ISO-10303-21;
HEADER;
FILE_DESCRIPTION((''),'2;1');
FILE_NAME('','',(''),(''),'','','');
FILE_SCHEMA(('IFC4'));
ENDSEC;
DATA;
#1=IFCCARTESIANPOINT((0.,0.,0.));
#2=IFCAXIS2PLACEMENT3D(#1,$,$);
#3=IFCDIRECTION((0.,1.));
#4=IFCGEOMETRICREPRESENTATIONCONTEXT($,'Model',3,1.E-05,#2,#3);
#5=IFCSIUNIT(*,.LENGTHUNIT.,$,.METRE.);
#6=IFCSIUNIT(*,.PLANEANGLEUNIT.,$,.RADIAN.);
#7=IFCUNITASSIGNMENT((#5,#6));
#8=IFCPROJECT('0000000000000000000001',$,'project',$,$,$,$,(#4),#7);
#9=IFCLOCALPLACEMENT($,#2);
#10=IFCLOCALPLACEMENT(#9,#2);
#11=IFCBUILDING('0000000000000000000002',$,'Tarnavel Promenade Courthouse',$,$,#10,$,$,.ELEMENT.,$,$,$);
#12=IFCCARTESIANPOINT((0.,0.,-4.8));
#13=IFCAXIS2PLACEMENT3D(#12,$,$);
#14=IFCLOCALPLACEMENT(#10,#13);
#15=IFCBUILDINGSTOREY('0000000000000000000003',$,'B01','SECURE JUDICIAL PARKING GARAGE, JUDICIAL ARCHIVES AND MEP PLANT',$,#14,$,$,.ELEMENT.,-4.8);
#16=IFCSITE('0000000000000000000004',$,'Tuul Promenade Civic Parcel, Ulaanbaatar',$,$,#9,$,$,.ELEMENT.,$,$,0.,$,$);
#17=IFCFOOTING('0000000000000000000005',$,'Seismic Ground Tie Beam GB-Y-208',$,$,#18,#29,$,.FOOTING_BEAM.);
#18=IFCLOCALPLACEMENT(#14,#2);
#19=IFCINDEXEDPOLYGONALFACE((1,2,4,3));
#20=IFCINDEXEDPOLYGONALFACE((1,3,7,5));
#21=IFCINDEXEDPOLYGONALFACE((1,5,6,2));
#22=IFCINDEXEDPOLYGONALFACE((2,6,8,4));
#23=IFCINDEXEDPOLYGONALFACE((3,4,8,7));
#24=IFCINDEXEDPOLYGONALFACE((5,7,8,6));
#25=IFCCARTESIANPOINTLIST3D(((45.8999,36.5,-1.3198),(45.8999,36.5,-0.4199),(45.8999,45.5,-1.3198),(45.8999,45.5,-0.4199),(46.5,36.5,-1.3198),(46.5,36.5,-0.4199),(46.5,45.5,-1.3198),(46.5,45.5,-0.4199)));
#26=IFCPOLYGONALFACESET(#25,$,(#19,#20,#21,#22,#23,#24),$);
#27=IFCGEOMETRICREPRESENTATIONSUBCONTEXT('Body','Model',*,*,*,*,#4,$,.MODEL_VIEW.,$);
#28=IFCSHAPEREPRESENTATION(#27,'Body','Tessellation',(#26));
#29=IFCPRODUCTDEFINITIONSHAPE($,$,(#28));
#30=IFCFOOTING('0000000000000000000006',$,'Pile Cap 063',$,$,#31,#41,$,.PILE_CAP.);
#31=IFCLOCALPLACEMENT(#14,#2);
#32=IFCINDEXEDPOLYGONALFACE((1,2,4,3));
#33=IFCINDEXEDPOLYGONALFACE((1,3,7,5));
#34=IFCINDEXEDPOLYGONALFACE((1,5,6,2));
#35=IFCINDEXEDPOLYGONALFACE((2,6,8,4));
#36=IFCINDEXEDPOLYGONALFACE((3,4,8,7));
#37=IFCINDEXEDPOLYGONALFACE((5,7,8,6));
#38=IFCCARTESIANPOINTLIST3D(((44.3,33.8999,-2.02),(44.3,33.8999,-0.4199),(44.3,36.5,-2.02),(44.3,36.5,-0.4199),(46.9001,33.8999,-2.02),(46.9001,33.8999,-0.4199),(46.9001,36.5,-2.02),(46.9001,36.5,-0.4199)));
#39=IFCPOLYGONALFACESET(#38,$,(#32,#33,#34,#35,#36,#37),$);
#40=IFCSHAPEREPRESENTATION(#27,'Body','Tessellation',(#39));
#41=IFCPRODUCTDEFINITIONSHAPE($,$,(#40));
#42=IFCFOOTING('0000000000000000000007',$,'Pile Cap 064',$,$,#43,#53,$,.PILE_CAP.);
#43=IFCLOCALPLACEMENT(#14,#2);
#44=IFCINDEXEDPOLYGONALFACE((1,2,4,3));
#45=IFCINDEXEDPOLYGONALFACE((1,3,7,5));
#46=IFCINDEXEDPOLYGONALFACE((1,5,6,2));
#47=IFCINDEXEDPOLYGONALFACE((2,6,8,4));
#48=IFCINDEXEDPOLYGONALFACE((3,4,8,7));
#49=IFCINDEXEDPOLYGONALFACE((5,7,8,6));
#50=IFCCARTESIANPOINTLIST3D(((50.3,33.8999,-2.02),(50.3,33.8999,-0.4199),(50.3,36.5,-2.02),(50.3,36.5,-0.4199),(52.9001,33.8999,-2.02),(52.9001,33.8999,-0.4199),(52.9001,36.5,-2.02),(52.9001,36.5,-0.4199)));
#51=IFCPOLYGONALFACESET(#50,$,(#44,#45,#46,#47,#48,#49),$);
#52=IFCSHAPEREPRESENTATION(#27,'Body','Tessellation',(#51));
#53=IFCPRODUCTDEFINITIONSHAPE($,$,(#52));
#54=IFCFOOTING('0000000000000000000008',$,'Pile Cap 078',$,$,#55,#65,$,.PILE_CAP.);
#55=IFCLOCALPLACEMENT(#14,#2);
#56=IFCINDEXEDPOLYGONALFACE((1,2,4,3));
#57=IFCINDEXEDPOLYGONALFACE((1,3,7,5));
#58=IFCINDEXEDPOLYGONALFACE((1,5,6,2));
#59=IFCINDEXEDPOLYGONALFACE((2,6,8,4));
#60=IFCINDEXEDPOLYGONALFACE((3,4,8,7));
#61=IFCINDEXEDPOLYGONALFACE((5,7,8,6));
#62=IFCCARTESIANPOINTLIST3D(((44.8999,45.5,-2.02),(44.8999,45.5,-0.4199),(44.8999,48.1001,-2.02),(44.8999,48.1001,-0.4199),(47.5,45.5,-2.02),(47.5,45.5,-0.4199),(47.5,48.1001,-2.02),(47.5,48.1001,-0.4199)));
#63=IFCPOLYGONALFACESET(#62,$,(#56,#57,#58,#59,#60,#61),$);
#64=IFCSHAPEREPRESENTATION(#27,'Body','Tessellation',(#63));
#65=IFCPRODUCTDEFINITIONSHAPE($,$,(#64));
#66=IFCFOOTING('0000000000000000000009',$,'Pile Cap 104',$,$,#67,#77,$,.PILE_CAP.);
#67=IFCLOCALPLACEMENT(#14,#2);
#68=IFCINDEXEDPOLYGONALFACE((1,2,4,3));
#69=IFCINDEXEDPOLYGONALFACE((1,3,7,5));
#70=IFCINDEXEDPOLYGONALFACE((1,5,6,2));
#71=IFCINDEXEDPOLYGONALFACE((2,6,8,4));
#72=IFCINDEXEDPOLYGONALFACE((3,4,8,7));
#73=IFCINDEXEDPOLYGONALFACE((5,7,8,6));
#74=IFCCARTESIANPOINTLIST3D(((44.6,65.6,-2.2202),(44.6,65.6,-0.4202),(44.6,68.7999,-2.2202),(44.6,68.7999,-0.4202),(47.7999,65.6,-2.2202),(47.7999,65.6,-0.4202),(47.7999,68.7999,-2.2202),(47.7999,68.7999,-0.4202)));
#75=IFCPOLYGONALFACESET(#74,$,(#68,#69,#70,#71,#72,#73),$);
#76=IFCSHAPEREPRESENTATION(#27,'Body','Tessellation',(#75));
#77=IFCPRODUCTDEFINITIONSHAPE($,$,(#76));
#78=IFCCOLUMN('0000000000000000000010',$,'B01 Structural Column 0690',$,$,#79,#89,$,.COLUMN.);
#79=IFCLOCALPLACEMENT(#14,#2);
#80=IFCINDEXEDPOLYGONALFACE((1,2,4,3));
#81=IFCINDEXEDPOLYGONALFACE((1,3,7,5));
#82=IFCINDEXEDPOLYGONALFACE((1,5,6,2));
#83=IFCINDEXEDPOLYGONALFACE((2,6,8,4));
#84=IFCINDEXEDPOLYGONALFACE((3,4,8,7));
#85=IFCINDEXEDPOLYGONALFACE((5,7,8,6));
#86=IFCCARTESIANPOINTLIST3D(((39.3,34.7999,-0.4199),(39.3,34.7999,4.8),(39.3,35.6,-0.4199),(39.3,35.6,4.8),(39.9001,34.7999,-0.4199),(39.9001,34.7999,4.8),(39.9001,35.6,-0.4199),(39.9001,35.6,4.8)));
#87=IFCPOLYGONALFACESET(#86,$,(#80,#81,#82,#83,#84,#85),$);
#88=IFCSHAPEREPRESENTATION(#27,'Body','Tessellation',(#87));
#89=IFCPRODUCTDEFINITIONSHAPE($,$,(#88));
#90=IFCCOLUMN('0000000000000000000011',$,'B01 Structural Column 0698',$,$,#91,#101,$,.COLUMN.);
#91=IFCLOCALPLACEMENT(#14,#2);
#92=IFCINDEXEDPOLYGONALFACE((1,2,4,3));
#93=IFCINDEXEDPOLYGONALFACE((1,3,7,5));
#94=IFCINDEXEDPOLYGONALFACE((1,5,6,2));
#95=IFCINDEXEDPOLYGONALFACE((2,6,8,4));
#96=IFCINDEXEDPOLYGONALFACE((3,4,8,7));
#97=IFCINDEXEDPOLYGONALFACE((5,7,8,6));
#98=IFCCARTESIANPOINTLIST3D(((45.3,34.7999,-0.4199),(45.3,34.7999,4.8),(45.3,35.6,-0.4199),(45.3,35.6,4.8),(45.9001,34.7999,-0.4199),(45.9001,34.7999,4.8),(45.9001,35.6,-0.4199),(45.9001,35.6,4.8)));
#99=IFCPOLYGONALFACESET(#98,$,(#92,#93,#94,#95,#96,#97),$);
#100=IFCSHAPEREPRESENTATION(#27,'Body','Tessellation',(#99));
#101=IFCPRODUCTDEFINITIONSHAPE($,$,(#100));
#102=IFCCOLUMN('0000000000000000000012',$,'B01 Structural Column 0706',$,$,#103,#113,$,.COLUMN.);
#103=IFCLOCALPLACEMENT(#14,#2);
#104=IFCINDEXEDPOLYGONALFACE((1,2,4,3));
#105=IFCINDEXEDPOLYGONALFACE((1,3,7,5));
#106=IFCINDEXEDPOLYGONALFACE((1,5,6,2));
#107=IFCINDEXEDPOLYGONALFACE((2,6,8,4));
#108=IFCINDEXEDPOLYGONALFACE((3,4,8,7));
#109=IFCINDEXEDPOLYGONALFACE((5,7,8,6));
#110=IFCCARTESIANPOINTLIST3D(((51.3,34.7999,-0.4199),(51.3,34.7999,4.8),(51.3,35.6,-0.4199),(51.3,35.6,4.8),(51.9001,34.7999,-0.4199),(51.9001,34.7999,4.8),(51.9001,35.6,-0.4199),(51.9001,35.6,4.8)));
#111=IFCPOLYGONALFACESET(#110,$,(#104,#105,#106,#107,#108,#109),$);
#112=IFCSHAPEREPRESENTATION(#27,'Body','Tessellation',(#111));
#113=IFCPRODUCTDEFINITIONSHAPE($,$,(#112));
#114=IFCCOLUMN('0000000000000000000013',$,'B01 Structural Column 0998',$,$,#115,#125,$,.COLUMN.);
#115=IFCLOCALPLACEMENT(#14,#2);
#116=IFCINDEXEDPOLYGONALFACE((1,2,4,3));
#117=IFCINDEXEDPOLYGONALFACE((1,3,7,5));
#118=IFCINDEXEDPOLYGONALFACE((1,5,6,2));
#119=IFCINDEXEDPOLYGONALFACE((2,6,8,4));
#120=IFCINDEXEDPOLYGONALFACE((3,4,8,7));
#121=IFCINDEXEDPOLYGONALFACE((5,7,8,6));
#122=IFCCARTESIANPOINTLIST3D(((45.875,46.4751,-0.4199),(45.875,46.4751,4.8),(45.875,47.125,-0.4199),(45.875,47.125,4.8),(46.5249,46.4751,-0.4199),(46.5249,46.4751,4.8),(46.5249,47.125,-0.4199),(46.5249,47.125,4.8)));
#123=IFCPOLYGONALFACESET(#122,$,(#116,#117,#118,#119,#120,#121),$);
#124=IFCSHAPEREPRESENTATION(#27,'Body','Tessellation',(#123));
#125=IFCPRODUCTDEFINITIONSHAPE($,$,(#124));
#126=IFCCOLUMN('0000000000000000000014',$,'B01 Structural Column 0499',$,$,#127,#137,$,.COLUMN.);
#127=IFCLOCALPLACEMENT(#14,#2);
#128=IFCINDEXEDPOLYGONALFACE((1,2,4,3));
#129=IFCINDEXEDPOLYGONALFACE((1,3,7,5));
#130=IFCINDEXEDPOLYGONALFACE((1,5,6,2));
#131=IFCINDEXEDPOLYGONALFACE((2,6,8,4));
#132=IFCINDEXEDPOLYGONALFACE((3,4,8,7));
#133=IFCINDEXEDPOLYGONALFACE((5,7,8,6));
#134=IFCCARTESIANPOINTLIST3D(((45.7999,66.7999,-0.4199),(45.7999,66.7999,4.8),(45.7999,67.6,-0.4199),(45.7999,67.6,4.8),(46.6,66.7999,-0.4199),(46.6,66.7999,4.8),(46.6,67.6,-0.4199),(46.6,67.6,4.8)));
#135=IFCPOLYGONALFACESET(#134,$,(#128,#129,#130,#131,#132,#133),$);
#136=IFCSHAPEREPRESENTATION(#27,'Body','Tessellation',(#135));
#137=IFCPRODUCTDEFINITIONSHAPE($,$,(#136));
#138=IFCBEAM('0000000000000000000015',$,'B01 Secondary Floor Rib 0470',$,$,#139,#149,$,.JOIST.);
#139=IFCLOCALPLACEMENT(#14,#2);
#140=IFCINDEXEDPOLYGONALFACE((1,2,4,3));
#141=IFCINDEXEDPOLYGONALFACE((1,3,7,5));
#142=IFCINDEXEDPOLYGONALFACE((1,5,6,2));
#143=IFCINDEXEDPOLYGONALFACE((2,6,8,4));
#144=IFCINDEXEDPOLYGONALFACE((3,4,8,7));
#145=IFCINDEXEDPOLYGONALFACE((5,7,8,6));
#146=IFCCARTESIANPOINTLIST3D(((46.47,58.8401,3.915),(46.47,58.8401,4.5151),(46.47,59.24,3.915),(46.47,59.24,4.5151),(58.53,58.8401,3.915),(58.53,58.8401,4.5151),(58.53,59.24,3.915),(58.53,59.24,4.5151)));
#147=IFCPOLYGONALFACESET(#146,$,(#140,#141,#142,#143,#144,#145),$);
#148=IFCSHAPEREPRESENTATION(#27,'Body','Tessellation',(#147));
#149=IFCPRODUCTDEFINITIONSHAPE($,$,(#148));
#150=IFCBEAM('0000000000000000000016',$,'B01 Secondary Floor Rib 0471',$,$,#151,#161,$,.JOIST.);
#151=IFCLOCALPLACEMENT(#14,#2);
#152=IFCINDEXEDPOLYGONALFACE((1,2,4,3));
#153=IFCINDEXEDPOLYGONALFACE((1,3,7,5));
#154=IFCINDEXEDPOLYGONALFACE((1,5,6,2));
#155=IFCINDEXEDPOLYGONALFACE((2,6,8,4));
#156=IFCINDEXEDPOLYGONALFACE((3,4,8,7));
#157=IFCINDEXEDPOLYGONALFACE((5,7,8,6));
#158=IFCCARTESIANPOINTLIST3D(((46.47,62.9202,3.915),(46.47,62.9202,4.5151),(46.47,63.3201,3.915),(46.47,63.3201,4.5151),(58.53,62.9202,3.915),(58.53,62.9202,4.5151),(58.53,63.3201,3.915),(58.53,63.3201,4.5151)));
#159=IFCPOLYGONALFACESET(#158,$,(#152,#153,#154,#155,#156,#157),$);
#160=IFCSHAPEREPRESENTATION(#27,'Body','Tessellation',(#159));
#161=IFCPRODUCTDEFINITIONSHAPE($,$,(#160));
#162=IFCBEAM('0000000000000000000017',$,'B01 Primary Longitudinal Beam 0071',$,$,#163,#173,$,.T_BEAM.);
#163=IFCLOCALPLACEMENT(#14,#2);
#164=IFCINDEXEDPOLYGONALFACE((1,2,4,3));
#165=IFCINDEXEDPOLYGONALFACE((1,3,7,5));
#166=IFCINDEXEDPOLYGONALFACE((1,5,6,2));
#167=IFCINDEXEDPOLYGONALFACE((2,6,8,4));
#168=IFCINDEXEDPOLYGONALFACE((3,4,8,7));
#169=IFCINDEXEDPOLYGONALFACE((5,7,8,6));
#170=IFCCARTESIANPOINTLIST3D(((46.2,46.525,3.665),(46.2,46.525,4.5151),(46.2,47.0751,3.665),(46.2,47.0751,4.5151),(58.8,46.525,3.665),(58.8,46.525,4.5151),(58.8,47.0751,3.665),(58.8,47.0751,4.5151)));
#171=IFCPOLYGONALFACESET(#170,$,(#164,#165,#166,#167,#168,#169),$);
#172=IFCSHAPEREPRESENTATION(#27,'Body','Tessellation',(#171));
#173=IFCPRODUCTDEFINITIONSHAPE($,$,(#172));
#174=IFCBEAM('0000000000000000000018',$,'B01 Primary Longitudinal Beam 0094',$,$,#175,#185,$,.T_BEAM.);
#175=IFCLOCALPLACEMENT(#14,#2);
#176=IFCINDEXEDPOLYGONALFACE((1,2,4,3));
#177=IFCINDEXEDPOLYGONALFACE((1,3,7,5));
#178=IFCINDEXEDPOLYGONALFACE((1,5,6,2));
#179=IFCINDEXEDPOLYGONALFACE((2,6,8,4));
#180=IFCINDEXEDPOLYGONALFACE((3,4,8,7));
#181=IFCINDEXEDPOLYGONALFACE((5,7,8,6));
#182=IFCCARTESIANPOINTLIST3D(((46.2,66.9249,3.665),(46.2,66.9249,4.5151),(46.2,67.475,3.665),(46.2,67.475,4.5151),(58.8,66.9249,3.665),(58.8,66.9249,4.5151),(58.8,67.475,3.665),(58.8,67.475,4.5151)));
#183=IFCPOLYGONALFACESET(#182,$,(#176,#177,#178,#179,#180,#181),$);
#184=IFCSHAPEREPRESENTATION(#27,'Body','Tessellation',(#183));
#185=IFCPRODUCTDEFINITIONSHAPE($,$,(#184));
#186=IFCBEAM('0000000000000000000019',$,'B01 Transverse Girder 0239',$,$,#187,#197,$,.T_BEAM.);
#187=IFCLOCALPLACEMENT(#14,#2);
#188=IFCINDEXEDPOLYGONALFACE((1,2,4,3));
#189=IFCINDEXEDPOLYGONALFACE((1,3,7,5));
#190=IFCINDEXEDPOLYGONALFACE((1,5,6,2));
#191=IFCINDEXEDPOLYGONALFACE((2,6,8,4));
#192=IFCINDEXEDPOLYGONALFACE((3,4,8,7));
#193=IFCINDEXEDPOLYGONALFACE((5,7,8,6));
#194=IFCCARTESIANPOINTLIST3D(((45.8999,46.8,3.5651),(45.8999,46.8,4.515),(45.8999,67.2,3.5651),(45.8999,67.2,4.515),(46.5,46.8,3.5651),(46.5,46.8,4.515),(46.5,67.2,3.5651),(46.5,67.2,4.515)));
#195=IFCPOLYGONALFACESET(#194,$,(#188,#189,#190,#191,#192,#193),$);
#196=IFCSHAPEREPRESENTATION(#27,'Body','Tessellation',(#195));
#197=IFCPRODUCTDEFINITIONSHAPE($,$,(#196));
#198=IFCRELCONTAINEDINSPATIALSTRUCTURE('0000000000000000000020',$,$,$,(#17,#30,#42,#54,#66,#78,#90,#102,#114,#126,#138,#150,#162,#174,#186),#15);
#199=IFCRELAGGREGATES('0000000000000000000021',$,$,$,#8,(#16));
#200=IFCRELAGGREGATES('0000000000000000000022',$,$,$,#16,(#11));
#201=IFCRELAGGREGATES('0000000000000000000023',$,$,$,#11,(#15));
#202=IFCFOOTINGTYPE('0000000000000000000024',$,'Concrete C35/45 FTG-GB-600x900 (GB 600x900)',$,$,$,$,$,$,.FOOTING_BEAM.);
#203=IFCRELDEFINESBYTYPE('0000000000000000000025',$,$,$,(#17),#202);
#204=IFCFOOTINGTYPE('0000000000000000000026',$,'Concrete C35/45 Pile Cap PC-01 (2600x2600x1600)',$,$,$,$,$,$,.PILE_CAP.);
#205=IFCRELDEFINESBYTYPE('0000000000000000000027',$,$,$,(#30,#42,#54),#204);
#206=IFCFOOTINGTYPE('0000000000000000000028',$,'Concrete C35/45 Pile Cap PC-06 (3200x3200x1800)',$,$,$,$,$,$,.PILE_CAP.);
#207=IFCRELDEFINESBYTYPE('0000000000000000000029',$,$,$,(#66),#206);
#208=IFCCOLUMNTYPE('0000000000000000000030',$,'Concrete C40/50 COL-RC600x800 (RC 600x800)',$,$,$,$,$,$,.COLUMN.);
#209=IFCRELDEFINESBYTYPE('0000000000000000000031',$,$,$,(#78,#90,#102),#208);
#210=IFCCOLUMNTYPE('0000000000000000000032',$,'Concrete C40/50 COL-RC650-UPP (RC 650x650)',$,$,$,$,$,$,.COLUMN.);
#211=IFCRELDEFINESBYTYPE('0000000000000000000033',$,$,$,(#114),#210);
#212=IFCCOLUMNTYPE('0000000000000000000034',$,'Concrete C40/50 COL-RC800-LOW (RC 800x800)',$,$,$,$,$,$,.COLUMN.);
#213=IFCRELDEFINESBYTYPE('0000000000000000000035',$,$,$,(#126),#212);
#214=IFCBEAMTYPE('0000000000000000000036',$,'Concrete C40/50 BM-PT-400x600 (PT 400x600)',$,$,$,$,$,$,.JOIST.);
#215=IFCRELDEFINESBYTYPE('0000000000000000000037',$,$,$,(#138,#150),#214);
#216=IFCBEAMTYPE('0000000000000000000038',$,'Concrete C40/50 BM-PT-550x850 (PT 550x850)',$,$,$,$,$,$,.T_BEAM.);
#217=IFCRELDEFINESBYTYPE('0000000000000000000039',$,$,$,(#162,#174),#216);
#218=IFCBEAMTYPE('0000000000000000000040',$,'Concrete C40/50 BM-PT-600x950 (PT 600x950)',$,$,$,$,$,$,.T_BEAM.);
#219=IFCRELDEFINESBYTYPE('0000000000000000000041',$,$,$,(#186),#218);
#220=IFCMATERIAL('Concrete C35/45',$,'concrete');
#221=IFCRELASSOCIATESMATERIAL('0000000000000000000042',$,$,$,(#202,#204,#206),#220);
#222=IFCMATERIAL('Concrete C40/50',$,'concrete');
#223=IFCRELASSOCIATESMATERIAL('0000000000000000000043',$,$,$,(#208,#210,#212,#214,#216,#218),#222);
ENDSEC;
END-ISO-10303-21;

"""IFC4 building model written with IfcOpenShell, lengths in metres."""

from ifc_helpers import new_model, si_unit, direction, frame, origin, origin_2d, place, context, subcontext, project, spatial, rectangle, extrude, material, material_profile, profile_set, type_object, element, save


model = new_model("IFC4")

# Units and contexts
model_context = context("Model", 3, precision=1e-05, world=origin(), true_north=direction((0.0, 1.0)))
body_context = subcontext(model_context, "Body", "Model", "MODEL_VIEW")
ifc_project = project(units=[si_unit("LENGTHUNIT", "METRE"), si_unit("PLANEANGLEUNIT", "RADIAN")], contexts=[model_context])

# Site, building, storey
site_placement = place(None, origin())
site = spatial("IfcSite", under=ifc_project, at=site_placement, Name="Tuul Promenade Civic Parcel, Ulaanbaatar", CompositionType="ELEMENT", RefElevation=0.0)
building_placement = place(site_placement, origin())
building = spatial("IfcBuilding", under=site, at=building_placement, Name="Tarnavel Promenade Courthouse", CompositionType="ELEMENT")
storey_placement = place(building_placement, frame((0.0, 0.0, -4.8)))
storey = spatial("IfcBuildingStorey", under=building, at=storey_placement, Name="B01", Description="SECURE JUDICIAL PARKING GARAGE, JUDICIAL ARCHIVES AND MEP PLANT", CompositionType="ELEMENT", Elevation=-4.8)

# Footings
ifc_material_1 = material(Name="Concrete C35/45", Category="concrete")
ifc_material_profile_1 = material_profile(ifc_material_1, rectangle(XDim=0.6001, YDim=0.8999, at=origin_2d()), Name="GB 600x900")
ifc_profile_set_1 = profile_set([ifc_material_profile_1], Name="Concrete C35/45")
footing_type_1 = type_object("IfcFootingType", Name="Concrete C35/45 FTG-GB-600x900 (GB 600x900)", PredefinedType="FOOTING_BEAM", material=ifc_profile_set_1)
footing_1_placement = place(storey_placement, frame((46.2, 36.5, -0.8699), z_axis=(0.0, 1.0, 0.0), x_axis=(-1.0, 0.0, 0.0)))
element("IfcFooting", 1, at=footing_1_placement, inside=storey, type_object=footing_type_1, Name="Seismic Ground Tie Beam GB-Y-208", PredefinedType="FOOTING_BEAM", context=body_context, shape_type="SweptSolid", body=[
    extrude(rectangle(XDim=0.6001, YDim=0.8999, at=origin_2d()), origin(), (0.0, 0.0, 1.0), 9.0),
])
footing_type_2 = type_object("IfcFootingType", Name="Concrete C35/45 Pile Cap PC-01 (2600x2600x1600)", PredefinedType="PILE_CAP", material=ifc_material_1)
for number, where, z_axis, x_axis, name in (
    (2, (45.6001, 35.2, -2.02), (0.0, 0.0, 1.0), (1.0, 0.0, 0.0), "Pile Cap 063"),
    (3, (51.6001, 35.2, -2.02), (0.0, 0.0, 1.0), (1.0, 0.0, 0.0), "Pile Cap 064"),
    (4, (46.2, 46.8, -2.02), (0.0, 0.0, 1.0), (1.0, 0.0, 0.0), "Pile Cap 078"),
):
    element("IfcFooting", number, at=place(storey_placement, frame(where, z_axis=z_axis, x_axis=x_axis)), inside=storey, type_object=footing_type_2, Name=name, PredefinedType="PILE_CAP", context=body_context, shape_type="SweptSolid", body=[
        extrude(rectangle(XDim=2.6001, YDim=2.6001, at=origin_2d()), origin(), (0.0, 0.0, 1.0), 1.6001),
    ])
footing_type_3 = type_object("IfcFootingType", Name="Concrete C35/45 Pile Cap PC-06 (3200x3200x1800)", PredefinedType="PILE_CAP", material=ifc_material_1)
footing_2_placement = place(storey_placement, frame((46.2, 67.2, -2.2202), z_axis=(0.0, 0.0, 1.0), x_axis=(1.0, 0.0, 0.0)))
element("IfcFooting", 5, at=footing_2_placement, inside=storey, type_object=footing_type_3, Name="Pile Cap 104", PredefinedType="PILE_CAP", context=body_context, shape_type="SweptSolid", body=[
    extrude(rectangle(XDim=3.2, YDim=3.2, at=origin_2d()), origin(), (0.0, 0.0, 1.0), 1.8),
])

# Columns
ifc_material_2 = material(Name="Concrete C40/50", Category="concrete")
ifc_material_profile_2 = material_profile(ifc_material_2, rectangle(XDim=0.6001, YDim=0.8, at=origin_2d()), Name="RC 600x800")
ifc_profile_set_2 = profile_set([ifc_material_profile_2], Name="Concrete C40/50")
column_type_1 = type_object("IfcColumnType", Name="Concrete C40/50 COL-RC600x800 (RC 600x800)", PredefinedType="COLUMN", material=ifc_profile_set_2)
for number, where, z_axis, x_axis, name in (
    (6, (39.6001, 35.2, -0.4199), (0.0, 0.0, 1.0), (1.0, 0.0, 0.0), "B01 Structural Column 0690"),
    (7, (45.6001, 35.2, -0.4199), (0.0, 0.0, 1.0), (1.0, 0.0, 0.0), "B01 Structural Column 0698"),
    (8, (51.6001, 35.2, -0.4199), (0.0, 0.0, 1.0), (1.0, 0.0, 0.0), "B01 Structural Column 0706"),
):
    element("IfcColumn", number, at=place(storey_placement, frame(where, z_axis=z_axis, x_axis=x_axis)), inside=storey, type_object=column_type_1, Name=name, PredefinedType="COLUMN", context=body_context, shape_type="SweptSolid", body=[
        extrude(rectangle(XDim=0.6001, YDim=0.8, at=origin_2d()), origin(), (0.0, 0.0, 1.0), 5.22),
    ])
ifc_material_profile_3 = material_profile(ifc_material_2, rectangle(XDim=0.6499, YDim=0.6499, at=origin_2d()), Name="RC 650x650")
ifc_profile_set_3 = profile_set([ifc_material_profile_3], Name="Concrete C40/50")
column_type_2 = type_object("IfcColumnType", Name="Concrete C40/50 COL-RC650-UPP (RC 650x650)", PredefinedType="COLUMN", material=ifc_profile_set_3)
column_1_placement = place(storey_placement, frame((46.2, 46.8, -0.4199), z_axis=(0.0, 0.0, 1.0), x_axis=(1.0, 0.0, 0.0)))
element("IfcColumn", 9, at=column_1_placement, inside=storey, type_object=column_type_2, Name="B01 Structural Column 0998", PredefinedType="COLUMN", context=body_context, shape_type="SweptSolid", body=[
    extrude(rectangle(XDim=0.6499, YDim=0.6499, at=origin_2d()), origin(), (0.0, 0.0, 1.0), 5.22),
])
ifc_material_profile_4 = material_profile(ifc_material_2, rectangle(XDim=0.8, YDim=0.8, at=origin_2d()), Name="RC 800x800")
ifc_profile_set_4 = profile_set([ifc_material_profile_4], Name="Concrete C40/50")
column_type_3 = type_object("IfcColumnType", Name="Concrete C40/50 COL-RC800-LOW (RC 800x800)", PredefinedType="COLUMN", material=ifc_profile_set_4)
column_2_placement = place(storey_placement, frame((46.2, 67.2, -0.4199), z_axis=(0.0, 0.0, 1.0), x_axis=(1.0, 0.0, 0.0)))
element("IfcColumn", 10, at=column_2_placement, inside=storey, type_object=column_type_3, Name="B01 Structural Column 0499", PredefinedType="COLUMN", context=body_context, shape_type="SweptSolid", body=[
    extrude(rectangle(XDim=0.8, YDim=0.8, at=origin_2d()), origin(), (0.0, 0.0, 1.0), 5.22),
])

# Beams
ifc_material_profile_5 = material_profile(ifc_material_2, rectangle(XDim=0.3999, YDim=0.6001, at=origin_2d()), Name="PT 400x600")
ifc_profile_set_5 = profile_set([ifc_material_profile_5], Name="Concrete C40/50")
beam_type_1 = type_object("IfcBeamType", Name="Concrete C40/50 BM-PT-400x600 (PT 400x600)", PredefinedType="JOIST", material=ifc_profile_set_5)
for number, where, z_axis, x_axis, name in (
    (11, (46.47, 59.04, 4.2151), (1.0, 0.0, 0.0), (0.0, 1.0, 0.0), "B01 Secondary Floor Rib 0470"),
    (12, (46.47, 63.1201, 4.2151), (1.0, 0.0, 0.0), (0.0, 1.0, 0.0), "B01 Secondary Floor Rib 0471"),
):
    element("IfcBeam", number, at=place(storey_placement, frame(where, z_axis=z_axis, x_axis=x_axis)), inside=storey, type_object=beam_type_1, Name=name, PredefinedType="JOIST", context=body_context, shape_type="SweptSolid", body=[
        extrude(rectangle(XDim=0.3999, YDim=0.6001, at=origin_2d()), origin(), (0.0, 0.0, 1.0), 12.0601),
    ])
ifc_material_profile_6 = material_profile(ifc_material_2, rectangle(XDim=0.55, YDim=0.8501, at=origin_2d()), Name="PT 550x850")
ifc_profile_set_6 = profile_set([ifc_material_profile_6], Name="Concrete C40/50")
beam_type_2 = type_object("IfcBeamType", Name="Concrete C40/50 BM-PT-550x850 (PT 550x850)", PredefinedType="T_BEAM", material=ifc_profile_set_6)
for number, where, z_axis, x_axis, name in (
    (13, (46.2, 46.8, 4.0901), (1.0, 0.0, 0.0), (0.0, 1.0, 0.0), "B01 Primary Longitudinal Beam 0071"),
    (14, (46.2, 67.2, 4.0901), (1.0, 0.0, 0.0), (0.0, 1.0, 0.0), "B01 Primary Longitudinal Beam 0094"),
):
    element("IfcBeam", number, at=place(storey_placement, frame(where, z_axis=z_axis, x_axis=x_axis)), inside=storey, type_object=beam_type_2, Name=name, PredefinedType="T_BEAM", context=body_context, shape_type="SweptSolid", body=[
        extrude(rectangle(XDim=0.55, YDim=0.8501, at=origin_2d()), origin(), (0.0, 0.0, 1.0), 12.6001),
    ])
ifc_material_profile_7 = material_profile(ifc_material_2, rectangle(XDim=0.6001, YDim=0.95, at=origin_2d()), Name="PT 600x950")
ifc_profile_set_7 = profile_set([ifc_material_profile_7], Name="Concrete C40/50")
beam_type_3 = type_object("IfcBeamType", Name="Concrete C40/50 BM-PT-600x950 (PT 600x950)", PredefinedType="T_BEAM", material=ifc_profile_set_7)
beam_1_placement = place(storey_placement, frame((46.2, 46.8, 4.04), z_axis=(0.0, 1.0, 0.0), x_axis=(-1.0, 0.0, 0.0)))
element("IfcBeam", 15, at=beam_1_placement, inside=storey, type_object=beam_type_3, Name="B01 Transverse Girder 0239", PredefinedType="T_BEAM", context=body_context, shape_type="SweptSolid", body=[
    extrude(rectangle(XDim=0.6001, YDim=0.95, at=origin_2d()), origin(), (0.0, 0.0, 1.0), 20.3999),
])

save(model, "model.ifc")
